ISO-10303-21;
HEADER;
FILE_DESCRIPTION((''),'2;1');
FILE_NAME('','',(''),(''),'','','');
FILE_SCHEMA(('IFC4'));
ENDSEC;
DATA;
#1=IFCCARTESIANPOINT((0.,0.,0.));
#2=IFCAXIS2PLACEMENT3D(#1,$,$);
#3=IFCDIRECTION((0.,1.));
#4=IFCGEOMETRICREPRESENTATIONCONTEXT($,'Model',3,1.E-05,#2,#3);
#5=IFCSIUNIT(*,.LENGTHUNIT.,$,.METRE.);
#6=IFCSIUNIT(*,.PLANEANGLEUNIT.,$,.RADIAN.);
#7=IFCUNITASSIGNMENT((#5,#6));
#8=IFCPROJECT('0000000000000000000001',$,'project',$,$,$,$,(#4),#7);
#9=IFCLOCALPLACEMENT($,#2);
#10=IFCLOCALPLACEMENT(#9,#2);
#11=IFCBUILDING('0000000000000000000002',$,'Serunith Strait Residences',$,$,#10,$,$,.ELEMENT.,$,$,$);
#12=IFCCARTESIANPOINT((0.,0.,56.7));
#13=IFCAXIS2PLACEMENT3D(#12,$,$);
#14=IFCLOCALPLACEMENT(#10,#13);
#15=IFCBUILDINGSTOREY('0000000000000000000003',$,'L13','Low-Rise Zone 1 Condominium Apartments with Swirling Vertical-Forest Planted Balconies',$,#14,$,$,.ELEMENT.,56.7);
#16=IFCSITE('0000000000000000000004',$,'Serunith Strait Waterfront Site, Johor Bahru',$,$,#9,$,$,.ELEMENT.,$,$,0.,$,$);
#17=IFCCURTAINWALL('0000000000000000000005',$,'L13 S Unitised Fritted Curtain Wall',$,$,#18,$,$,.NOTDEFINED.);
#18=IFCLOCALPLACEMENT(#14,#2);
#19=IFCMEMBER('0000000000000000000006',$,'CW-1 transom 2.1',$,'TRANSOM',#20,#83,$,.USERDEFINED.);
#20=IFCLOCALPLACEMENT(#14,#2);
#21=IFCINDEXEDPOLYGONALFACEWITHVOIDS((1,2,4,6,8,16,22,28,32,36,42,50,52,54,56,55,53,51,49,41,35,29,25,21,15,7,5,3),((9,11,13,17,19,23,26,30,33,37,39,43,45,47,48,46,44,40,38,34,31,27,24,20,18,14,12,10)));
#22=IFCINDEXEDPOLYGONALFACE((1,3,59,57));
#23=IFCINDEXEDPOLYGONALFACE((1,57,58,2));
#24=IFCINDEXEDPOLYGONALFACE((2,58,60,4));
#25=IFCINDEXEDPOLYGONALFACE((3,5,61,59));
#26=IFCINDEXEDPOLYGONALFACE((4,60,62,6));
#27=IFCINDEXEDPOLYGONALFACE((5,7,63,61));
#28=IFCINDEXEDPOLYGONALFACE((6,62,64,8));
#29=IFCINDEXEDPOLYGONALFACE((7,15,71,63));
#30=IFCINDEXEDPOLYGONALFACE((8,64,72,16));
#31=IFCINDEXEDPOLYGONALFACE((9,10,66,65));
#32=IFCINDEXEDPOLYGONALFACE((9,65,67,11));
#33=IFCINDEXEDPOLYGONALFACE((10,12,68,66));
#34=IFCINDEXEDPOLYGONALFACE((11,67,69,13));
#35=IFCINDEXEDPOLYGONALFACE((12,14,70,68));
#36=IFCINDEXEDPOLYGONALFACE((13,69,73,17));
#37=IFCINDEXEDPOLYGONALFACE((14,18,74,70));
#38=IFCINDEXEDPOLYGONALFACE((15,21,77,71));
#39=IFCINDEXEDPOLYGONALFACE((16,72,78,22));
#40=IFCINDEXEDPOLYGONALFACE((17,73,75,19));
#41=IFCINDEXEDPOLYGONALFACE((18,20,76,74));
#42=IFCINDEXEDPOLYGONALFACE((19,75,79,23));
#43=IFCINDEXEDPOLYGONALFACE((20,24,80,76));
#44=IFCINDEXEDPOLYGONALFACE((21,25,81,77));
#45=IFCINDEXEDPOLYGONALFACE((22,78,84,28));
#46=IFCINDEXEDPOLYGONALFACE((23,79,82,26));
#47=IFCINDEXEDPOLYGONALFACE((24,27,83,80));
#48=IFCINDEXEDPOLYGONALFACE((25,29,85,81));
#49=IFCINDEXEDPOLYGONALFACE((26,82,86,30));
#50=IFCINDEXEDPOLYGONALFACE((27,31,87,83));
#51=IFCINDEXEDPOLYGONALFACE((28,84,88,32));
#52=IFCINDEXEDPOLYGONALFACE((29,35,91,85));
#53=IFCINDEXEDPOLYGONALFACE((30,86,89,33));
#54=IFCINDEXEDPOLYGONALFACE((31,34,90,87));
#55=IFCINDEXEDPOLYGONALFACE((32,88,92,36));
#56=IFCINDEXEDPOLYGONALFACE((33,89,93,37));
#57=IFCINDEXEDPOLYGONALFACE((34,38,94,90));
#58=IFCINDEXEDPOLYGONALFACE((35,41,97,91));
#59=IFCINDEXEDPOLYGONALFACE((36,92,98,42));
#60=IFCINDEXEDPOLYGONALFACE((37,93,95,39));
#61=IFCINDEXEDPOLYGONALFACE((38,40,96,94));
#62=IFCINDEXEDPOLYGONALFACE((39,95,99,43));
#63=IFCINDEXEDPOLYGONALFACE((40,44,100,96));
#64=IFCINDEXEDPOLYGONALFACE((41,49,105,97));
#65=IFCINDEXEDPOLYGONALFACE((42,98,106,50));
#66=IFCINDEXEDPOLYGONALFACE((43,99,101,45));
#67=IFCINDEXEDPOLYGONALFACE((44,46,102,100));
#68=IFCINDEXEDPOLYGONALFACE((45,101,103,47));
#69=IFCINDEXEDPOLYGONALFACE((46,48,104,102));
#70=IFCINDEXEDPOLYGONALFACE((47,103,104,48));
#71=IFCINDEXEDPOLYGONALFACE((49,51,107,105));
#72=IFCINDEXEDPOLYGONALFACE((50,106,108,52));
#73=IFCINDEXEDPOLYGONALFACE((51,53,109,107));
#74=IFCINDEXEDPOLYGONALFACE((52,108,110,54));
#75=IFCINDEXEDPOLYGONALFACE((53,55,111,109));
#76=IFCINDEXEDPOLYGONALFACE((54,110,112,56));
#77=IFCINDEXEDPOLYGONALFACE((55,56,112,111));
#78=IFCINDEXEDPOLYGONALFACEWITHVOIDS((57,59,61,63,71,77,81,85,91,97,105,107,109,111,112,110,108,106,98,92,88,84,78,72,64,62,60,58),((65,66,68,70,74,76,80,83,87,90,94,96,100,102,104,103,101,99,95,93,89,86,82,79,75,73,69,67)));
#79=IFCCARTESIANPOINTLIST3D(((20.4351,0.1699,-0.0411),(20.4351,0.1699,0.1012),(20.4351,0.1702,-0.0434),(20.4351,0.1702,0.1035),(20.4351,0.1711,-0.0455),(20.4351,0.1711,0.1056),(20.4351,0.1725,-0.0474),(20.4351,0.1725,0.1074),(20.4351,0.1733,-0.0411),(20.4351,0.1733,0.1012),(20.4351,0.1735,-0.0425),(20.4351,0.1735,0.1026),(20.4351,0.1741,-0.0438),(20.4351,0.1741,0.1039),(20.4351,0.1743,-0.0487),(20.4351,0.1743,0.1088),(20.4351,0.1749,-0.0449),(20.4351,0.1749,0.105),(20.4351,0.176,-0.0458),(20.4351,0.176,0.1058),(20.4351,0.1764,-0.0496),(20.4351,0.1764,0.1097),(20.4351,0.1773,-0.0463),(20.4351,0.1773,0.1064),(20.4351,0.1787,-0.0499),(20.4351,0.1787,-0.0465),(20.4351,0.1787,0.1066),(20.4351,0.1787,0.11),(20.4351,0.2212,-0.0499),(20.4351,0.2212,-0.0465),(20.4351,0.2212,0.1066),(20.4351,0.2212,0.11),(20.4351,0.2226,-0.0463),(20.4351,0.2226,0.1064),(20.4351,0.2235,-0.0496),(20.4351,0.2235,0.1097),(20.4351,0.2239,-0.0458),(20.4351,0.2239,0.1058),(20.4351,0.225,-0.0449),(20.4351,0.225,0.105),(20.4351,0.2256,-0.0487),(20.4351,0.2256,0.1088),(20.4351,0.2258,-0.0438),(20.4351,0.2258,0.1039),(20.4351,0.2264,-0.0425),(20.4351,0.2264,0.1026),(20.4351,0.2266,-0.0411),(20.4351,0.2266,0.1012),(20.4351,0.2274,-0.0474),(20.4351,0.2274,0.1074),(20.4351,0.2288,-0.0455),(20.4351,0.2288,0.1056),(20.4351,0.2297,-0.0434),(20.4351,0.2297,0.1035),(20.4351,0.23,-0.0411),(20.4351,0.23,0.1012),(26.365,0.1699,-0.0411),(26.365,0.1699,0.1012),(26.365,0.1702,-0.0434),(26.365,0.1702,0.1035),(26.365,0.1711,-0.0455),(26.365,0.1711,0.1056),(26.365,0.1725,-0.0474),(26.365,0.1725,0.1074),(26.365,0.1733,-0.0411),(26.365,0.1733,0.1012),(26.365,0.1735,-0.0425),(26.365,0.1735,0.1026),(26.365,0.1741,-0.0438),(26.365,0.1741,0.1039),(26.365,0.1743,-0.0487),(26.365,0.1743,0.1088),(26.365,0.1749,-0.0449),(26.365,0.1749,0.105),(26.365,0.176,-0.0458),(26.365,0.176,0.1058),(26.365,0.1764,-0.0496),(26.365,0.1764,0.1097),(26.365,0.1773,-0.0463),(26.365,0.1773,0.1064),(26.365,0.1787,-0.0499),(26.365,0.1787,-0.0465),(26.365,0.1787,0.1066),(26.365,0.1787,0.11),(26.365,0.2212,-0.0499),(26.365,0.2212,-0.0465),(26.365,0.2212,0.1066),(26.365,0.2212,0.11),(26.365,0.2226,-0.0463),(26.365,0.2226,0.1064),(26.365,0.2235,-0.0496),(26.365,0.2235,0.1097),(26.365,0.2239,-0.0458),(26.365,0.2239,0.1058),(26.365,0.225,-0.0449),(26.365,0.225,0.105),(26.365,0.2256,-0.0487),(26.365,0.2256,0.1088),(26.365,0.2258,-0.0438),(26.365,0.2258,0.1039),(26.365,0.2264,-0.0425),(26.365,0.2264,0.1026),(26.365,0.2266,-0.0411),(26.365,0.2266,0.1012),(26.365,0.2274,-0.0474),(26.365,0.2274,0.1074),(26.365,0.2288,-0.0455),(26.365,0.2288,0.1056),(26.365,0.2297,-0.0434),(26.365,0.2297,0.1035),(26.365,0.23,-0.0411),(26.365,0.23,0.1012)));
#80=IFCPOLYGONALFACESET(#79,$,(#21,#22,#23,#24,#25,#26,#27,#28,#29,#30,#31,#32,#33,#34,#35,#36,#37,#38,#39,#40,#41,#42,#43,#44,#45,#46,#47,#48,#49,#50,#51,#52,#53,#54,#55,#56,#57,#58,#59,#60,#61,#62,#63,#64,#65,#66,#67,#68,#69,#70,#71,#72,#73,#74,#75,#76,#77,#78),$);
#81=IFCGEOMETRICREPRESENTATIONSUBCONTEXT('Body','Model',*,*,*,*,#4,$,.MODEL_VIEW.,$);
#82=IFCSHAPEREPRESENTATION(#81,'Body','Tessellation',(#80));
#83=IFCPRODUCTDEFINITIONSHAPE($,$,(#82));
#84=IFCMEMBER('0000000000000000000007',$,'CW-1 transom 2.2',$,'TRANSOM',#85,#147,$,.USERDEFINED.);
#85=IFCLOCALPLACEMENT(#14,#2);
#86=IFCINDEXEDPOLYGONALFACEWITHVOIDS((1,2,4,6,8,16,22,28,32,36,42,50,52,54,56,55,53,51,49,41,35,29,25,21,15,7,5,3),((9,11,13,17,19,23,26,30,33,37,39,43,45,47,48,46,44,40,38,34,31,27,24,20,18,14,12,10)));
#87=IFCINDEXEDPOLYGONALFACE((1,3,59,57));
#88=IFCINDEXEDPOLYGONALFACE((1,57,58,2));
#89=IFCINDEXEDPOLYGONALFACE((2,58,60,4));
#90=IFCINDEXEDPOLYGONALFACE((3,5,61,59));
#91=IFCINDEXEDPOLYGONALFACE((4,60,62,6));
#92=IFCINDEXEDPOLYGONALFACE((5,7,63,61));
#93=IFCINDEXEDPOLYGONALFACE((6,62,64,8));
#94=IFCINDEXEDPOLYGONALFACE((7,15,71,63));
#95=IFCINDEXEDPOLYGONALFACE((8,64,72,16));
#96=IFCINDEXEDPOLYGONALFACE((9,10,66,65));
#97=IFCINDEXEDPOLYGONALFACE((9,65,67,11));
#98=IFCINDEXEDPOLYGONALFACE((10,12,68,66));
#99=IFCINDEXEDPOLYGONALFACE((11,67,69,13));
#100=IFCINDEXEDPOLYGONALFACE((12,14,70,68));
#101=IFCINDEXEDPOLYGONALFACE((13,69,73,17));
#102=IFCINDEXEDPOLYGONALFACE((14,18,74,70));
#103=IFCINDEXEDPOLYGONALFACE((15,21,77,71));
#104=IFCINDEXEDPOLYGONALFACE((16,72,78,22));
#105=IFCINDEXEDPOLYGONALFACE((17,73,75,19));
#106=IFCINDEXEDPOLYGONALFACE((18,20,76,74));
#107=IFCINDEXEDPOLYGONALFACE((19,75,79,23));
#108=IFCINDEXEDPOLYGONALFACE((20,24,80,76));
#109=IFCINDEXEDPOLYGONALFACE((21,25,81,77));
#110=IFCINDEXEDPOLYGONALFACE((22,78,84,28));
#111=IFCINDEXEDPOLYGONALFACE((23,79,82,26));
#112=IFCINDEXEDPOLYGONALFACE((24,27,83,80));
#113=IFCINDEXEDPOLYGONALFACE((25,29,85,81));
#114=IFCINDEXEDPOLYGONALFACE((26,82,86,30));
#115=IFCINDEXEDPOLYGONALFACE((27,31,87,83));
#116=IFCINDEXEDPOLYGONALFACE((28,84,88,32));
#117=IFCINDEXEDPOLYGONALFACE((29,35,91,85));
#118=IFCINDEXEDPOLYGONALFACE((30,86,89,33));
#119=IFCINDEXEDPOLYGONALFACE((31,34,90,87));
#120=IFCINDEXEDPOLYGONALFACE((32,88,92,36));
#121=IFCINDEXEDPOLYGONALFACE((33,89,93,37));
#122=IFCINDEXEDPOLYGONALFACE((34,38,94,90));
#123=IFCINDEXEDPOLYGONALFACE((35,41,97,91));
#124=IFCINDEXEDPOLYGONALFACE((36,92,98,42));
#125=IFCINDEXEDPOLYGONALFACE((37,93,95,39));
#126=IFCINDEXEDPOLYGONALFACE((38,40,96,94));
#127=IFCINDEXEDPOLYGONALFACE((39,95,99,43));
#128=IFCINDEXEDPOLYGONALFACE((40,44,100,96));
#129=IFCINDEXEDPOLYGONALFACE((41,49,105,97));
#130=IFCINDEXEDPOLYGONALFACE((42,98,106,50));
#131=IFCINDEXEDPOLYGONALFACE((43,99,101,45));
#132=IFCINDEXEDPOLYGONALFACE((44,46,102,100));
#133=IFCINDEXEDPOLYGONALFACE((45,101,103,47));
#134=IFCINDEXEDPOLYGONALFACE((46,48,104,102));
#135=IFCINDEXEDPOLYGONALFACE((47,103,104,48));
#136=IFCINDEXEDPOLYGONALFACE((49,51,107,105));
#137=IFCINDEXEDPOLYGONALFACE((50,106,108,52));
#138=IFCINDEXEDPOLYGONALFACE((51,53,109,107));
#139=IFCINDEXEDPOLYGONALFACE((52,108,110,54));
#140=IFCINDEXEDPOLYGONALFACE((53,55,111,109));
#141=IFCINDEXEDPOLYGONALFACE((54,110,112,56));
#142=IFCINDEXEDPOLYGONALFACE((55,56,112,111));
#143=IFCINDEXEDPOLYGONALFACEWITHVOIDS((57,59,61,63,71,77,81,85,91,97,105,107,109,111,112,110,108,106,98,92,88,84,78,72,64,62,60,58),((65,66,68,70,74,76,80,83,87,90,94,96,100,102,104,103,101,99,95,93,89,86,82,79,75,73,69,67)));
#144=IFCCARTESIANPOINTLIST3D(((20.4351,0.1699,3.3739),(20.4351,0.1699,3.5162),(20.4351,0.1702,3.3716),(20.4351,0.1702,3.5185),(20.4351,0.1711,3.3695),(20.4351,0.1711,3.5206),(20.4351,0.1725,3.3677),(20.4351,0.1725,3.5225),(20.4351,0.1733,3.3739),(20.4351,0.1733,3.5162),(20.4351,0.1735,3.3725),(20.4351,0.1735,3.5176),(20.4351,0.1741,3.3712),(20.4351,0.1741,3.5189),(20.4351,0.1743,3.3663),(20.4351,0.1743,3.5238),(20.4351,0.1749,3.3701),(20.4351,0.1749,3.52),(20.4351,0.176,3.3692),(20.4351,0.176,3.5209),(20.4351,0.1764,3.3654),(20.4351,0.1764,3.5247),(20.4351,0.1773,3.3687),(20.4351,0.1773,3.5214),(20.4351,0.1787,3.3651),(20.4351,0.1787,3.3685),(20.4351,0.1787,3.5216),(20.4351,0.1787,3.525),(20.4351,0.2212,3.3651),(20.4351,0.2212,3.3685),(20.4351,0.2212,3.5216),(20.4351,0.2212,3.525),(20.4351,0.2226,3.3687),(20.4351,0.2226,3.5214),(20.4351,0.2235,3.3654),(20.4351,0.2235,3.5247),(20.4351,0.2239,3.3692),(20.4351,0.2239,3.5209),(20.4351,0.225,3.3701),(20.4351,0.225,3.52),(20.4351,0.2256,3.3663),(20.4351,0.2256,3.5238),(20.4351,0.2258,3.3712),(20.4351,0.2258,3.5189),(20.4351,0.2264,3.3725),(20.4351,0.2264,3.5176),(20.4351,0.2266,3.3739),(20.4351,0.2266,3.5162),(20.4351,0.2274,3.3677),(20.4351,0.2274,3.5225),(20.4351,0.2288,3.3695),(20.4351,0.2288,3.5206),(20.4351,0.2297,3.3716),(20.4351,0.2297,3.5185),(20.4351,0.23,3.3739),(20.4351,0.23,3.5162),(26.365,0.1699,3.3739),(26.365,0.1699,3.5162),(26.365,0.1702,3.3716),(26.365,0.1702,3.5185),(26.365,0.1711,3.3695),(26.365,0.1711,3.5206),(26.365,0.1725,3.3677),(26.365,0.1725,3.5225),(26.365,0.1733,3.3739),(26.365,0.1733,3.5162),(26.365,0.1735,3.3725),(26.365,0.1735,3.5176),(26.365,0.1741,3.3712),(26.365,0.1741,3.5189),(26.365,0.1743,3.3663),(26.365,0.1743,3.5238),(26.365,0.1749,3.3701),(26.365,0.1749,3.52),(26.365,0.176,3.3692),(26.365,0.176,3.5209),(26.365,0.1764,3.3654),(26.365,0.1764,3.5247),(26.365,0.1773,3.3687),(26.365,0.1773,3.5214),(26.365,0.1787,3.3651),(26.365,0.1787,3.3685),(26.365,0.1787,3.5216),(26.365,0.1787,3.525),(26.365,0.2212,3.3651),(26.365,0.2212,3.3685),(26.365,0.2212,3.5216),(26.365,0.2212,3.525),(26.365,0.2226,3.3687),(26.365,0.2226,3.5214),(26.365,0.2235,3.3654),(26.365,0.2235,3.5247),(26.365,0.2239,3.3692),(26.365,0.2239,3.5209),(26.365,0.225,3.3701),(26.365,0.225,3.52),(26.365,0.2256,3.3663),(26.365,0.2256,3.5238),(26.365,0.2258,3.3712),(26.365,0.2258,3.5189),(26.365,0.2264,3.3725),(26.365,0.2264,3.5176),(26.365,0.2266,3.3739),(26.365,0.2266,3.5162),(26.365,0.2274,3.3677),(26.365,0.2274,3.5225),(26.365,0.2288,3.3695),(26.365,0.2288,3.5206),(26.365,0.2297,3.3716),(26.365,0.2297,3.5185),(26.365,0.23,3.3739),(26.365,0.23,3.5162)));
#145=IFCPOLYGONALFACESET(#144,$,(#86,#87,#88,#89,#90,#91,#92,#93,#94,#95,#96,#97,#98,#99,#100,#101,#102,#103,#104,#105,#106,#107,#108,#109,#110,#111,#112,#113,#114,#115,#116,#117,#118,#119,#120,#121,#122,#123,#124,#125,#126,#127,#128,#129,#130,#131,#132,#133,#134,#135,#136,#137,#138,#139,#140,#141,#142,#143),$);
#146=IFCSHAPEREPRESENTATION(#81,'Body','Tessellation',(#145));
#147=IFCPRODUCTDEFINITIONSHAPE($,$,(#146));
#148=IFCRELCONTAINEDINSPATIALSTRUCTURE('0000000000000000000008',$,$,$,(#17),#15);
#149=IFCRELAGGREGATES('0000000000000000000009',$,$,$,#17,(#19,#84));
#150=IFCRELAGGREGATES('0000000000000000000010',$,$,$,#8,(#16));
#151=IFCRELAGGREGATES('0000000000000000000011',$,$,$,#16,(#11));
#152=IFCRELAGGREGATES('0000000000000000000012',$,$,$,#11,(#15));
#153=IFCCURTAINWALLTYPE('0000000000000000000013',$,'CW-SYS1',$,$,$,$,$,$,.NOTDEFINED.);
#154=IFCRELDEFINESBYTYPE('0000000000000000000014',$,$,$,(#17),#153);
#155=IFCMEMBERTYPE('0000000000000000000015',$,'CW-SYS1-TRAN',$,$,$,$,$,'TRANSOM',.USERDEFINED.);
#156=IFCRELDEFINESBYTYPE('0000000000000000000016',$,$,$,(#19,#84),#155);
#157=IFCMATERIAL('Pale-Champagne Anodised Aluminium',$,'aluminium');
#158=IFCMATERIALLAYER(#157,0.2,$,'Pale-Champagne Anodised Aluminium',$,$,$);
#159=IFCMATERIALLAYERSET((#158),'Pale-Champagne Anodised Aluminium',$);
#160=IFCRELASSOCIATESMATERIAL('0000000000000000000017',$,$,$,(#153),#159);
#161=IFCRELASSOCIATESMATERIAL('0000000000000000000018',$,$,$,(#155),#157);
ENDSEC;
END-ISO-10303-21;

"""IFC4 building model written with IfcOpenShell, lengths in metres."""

from ifc_helpers import new_model, si_unit, direction, frame, origin, origin_2d, place, context, subcontext, project, spatial, hollow_rectangle, extrude, source, transform, mapped, material, layer, layer_set, material_profile, profile_set, type_object, element, aggregate, save


model = new_model("IFC4")

# Units and contexts
model_context = context("Model", 3, precision=1e-05, world=origin(), true_north=direction((0.0, 1.0)))
body_context = subcontext(model_context, "Body", "Model", "MODEL_VIEW")
ifc_project = project(units=[si_unit("LENGTHUNIT", "METRE"), si_unit("PLANEANGLEUNIT", "RADIAN")], contexts=[model_context])

# Site, building, storey
site_placement = place(None, origin())
site = spatial("IfcSite", under=ifc_project, at=site_placement, Name="Serunith Strait Waterfront Site, Johor Bahru", CompositionType="ELEMENT", RefElevation=0.0)
building_placement = place(site_placement, origin())
building = spatial("IfcBuilding", under=site, at=building_placement, Name="Serunith Strait Residences", CompositionType="ELEMENT")
storey_placement = place(building_placement, frame((0.0, 0.0, 56.7)))
storey = spatial("IfcBuildingStorey", under=building, at=storey_placement, Name="L13", Description="Low-Rise Zone 1 Condominium Apartments with Swirling Vertical-Forest Planted Balconies", CompositionType="ELEMENT", Elevation=56.7)

# Curtain wall, members
ifc_material_1 = material(Name="Pale-Champagne Anodised Aluminium", Category="aluminium")
ifc_layer_1 = layer(ifc_material_1, 0.2, Name="Pale-Champagne Anodised Aluminium")
ifc_layer_set_1 = layer_set([ifc_layer_1], Name="Pale-Champagne Anodised Aluminium")
curtain_wall_type = type_object("IfcCurtainWallType", Name="CW-SYS1", PredefinedType="NOTDEFINED", material=ifc_layer_set_1)
curtain_wall_placement = place(storey_placement, origin())
curtain_wall = element("IfcCurtainWall", 1, at=curtain_wall_placement, inside=storey, type_object=curtain_wall_type, Name="L13 S Unitised Fritted Curtain Wall", PredefinedType="NOTDEFINED")
ifc_material_profile_1 = material_profile(ifc_material_1, hollow_rectangle(XDim=0.0601, YDim=0.1599, WallThickness=0.0034, InnerFilletRadius=0.0054, OuterFilletRadius=0.0088, at=origin_2d()), Name="ALU 160x60x3.5")
ifc_profile_set_1 = profile_set([ifc_material_profile_1], Name="Pale-Champagne Anodised Aluminium")
member_type_1 = type_object("IfcMemberType", Name="CW-SYS1-TRAN", ElementType="TRANSOM", PredefinedType="USERDEFINED", material=ifc_profile_set_1)
shared_shape_1 = source(origin(), body_context, "Body", "SweptSolid", [
    extrude(hollow_rectangle(XDim=0.0601, YDim=0.1599, WallThickness=0.0034, InnerFilletRadius=0.0054, OuterFilletRadius=0.0088, at=origin_2d()), origin(), (0.0, 0.0, 1.0), 5.9299),
])
member_1_placement = place(storey_placement, frame((20.4351, 0.2, 0.03), z_axis=(1.0, 0.0, 0.0), x_axis=(0.0, 1.0, 0.0)))
member_1 = element("IfcMember", 2, at=member_1_placement, type_object=member_type_1, Name="CW-1 transom 2.1", ObjectType="TRANSOM", PredefinedType="USERDEFINED", context=body_context, shape_type="MappedRepresentation", body=[
    mapped(shared_shape_1, transform((0.0, 0.0, 0.0), scale=1.0)),
])
member_2_placement = place(storey_placement, frame((20.4351, 0.2, 3.4451), z_axis=(1.0, 0.0, 0.0), x_axis=(0.0, 1.0, 0.0)))
member_2 = element("IfcMember", 3, at=member_2_placement, type_object=member_type_1, Name="CW-1 transom 2.2", ObjectType="TRANSOM", PredefinedType="USERDEFINED", context=body_context, shape_type="MappedRepresentation", body=[
    mapped(shared_shape_1, transform((0.0, 0.0, 0.0), scale=1.0)),
])
aggregate(curtain_wall, [member_1, member_2])

save(model, "model.ifc")
